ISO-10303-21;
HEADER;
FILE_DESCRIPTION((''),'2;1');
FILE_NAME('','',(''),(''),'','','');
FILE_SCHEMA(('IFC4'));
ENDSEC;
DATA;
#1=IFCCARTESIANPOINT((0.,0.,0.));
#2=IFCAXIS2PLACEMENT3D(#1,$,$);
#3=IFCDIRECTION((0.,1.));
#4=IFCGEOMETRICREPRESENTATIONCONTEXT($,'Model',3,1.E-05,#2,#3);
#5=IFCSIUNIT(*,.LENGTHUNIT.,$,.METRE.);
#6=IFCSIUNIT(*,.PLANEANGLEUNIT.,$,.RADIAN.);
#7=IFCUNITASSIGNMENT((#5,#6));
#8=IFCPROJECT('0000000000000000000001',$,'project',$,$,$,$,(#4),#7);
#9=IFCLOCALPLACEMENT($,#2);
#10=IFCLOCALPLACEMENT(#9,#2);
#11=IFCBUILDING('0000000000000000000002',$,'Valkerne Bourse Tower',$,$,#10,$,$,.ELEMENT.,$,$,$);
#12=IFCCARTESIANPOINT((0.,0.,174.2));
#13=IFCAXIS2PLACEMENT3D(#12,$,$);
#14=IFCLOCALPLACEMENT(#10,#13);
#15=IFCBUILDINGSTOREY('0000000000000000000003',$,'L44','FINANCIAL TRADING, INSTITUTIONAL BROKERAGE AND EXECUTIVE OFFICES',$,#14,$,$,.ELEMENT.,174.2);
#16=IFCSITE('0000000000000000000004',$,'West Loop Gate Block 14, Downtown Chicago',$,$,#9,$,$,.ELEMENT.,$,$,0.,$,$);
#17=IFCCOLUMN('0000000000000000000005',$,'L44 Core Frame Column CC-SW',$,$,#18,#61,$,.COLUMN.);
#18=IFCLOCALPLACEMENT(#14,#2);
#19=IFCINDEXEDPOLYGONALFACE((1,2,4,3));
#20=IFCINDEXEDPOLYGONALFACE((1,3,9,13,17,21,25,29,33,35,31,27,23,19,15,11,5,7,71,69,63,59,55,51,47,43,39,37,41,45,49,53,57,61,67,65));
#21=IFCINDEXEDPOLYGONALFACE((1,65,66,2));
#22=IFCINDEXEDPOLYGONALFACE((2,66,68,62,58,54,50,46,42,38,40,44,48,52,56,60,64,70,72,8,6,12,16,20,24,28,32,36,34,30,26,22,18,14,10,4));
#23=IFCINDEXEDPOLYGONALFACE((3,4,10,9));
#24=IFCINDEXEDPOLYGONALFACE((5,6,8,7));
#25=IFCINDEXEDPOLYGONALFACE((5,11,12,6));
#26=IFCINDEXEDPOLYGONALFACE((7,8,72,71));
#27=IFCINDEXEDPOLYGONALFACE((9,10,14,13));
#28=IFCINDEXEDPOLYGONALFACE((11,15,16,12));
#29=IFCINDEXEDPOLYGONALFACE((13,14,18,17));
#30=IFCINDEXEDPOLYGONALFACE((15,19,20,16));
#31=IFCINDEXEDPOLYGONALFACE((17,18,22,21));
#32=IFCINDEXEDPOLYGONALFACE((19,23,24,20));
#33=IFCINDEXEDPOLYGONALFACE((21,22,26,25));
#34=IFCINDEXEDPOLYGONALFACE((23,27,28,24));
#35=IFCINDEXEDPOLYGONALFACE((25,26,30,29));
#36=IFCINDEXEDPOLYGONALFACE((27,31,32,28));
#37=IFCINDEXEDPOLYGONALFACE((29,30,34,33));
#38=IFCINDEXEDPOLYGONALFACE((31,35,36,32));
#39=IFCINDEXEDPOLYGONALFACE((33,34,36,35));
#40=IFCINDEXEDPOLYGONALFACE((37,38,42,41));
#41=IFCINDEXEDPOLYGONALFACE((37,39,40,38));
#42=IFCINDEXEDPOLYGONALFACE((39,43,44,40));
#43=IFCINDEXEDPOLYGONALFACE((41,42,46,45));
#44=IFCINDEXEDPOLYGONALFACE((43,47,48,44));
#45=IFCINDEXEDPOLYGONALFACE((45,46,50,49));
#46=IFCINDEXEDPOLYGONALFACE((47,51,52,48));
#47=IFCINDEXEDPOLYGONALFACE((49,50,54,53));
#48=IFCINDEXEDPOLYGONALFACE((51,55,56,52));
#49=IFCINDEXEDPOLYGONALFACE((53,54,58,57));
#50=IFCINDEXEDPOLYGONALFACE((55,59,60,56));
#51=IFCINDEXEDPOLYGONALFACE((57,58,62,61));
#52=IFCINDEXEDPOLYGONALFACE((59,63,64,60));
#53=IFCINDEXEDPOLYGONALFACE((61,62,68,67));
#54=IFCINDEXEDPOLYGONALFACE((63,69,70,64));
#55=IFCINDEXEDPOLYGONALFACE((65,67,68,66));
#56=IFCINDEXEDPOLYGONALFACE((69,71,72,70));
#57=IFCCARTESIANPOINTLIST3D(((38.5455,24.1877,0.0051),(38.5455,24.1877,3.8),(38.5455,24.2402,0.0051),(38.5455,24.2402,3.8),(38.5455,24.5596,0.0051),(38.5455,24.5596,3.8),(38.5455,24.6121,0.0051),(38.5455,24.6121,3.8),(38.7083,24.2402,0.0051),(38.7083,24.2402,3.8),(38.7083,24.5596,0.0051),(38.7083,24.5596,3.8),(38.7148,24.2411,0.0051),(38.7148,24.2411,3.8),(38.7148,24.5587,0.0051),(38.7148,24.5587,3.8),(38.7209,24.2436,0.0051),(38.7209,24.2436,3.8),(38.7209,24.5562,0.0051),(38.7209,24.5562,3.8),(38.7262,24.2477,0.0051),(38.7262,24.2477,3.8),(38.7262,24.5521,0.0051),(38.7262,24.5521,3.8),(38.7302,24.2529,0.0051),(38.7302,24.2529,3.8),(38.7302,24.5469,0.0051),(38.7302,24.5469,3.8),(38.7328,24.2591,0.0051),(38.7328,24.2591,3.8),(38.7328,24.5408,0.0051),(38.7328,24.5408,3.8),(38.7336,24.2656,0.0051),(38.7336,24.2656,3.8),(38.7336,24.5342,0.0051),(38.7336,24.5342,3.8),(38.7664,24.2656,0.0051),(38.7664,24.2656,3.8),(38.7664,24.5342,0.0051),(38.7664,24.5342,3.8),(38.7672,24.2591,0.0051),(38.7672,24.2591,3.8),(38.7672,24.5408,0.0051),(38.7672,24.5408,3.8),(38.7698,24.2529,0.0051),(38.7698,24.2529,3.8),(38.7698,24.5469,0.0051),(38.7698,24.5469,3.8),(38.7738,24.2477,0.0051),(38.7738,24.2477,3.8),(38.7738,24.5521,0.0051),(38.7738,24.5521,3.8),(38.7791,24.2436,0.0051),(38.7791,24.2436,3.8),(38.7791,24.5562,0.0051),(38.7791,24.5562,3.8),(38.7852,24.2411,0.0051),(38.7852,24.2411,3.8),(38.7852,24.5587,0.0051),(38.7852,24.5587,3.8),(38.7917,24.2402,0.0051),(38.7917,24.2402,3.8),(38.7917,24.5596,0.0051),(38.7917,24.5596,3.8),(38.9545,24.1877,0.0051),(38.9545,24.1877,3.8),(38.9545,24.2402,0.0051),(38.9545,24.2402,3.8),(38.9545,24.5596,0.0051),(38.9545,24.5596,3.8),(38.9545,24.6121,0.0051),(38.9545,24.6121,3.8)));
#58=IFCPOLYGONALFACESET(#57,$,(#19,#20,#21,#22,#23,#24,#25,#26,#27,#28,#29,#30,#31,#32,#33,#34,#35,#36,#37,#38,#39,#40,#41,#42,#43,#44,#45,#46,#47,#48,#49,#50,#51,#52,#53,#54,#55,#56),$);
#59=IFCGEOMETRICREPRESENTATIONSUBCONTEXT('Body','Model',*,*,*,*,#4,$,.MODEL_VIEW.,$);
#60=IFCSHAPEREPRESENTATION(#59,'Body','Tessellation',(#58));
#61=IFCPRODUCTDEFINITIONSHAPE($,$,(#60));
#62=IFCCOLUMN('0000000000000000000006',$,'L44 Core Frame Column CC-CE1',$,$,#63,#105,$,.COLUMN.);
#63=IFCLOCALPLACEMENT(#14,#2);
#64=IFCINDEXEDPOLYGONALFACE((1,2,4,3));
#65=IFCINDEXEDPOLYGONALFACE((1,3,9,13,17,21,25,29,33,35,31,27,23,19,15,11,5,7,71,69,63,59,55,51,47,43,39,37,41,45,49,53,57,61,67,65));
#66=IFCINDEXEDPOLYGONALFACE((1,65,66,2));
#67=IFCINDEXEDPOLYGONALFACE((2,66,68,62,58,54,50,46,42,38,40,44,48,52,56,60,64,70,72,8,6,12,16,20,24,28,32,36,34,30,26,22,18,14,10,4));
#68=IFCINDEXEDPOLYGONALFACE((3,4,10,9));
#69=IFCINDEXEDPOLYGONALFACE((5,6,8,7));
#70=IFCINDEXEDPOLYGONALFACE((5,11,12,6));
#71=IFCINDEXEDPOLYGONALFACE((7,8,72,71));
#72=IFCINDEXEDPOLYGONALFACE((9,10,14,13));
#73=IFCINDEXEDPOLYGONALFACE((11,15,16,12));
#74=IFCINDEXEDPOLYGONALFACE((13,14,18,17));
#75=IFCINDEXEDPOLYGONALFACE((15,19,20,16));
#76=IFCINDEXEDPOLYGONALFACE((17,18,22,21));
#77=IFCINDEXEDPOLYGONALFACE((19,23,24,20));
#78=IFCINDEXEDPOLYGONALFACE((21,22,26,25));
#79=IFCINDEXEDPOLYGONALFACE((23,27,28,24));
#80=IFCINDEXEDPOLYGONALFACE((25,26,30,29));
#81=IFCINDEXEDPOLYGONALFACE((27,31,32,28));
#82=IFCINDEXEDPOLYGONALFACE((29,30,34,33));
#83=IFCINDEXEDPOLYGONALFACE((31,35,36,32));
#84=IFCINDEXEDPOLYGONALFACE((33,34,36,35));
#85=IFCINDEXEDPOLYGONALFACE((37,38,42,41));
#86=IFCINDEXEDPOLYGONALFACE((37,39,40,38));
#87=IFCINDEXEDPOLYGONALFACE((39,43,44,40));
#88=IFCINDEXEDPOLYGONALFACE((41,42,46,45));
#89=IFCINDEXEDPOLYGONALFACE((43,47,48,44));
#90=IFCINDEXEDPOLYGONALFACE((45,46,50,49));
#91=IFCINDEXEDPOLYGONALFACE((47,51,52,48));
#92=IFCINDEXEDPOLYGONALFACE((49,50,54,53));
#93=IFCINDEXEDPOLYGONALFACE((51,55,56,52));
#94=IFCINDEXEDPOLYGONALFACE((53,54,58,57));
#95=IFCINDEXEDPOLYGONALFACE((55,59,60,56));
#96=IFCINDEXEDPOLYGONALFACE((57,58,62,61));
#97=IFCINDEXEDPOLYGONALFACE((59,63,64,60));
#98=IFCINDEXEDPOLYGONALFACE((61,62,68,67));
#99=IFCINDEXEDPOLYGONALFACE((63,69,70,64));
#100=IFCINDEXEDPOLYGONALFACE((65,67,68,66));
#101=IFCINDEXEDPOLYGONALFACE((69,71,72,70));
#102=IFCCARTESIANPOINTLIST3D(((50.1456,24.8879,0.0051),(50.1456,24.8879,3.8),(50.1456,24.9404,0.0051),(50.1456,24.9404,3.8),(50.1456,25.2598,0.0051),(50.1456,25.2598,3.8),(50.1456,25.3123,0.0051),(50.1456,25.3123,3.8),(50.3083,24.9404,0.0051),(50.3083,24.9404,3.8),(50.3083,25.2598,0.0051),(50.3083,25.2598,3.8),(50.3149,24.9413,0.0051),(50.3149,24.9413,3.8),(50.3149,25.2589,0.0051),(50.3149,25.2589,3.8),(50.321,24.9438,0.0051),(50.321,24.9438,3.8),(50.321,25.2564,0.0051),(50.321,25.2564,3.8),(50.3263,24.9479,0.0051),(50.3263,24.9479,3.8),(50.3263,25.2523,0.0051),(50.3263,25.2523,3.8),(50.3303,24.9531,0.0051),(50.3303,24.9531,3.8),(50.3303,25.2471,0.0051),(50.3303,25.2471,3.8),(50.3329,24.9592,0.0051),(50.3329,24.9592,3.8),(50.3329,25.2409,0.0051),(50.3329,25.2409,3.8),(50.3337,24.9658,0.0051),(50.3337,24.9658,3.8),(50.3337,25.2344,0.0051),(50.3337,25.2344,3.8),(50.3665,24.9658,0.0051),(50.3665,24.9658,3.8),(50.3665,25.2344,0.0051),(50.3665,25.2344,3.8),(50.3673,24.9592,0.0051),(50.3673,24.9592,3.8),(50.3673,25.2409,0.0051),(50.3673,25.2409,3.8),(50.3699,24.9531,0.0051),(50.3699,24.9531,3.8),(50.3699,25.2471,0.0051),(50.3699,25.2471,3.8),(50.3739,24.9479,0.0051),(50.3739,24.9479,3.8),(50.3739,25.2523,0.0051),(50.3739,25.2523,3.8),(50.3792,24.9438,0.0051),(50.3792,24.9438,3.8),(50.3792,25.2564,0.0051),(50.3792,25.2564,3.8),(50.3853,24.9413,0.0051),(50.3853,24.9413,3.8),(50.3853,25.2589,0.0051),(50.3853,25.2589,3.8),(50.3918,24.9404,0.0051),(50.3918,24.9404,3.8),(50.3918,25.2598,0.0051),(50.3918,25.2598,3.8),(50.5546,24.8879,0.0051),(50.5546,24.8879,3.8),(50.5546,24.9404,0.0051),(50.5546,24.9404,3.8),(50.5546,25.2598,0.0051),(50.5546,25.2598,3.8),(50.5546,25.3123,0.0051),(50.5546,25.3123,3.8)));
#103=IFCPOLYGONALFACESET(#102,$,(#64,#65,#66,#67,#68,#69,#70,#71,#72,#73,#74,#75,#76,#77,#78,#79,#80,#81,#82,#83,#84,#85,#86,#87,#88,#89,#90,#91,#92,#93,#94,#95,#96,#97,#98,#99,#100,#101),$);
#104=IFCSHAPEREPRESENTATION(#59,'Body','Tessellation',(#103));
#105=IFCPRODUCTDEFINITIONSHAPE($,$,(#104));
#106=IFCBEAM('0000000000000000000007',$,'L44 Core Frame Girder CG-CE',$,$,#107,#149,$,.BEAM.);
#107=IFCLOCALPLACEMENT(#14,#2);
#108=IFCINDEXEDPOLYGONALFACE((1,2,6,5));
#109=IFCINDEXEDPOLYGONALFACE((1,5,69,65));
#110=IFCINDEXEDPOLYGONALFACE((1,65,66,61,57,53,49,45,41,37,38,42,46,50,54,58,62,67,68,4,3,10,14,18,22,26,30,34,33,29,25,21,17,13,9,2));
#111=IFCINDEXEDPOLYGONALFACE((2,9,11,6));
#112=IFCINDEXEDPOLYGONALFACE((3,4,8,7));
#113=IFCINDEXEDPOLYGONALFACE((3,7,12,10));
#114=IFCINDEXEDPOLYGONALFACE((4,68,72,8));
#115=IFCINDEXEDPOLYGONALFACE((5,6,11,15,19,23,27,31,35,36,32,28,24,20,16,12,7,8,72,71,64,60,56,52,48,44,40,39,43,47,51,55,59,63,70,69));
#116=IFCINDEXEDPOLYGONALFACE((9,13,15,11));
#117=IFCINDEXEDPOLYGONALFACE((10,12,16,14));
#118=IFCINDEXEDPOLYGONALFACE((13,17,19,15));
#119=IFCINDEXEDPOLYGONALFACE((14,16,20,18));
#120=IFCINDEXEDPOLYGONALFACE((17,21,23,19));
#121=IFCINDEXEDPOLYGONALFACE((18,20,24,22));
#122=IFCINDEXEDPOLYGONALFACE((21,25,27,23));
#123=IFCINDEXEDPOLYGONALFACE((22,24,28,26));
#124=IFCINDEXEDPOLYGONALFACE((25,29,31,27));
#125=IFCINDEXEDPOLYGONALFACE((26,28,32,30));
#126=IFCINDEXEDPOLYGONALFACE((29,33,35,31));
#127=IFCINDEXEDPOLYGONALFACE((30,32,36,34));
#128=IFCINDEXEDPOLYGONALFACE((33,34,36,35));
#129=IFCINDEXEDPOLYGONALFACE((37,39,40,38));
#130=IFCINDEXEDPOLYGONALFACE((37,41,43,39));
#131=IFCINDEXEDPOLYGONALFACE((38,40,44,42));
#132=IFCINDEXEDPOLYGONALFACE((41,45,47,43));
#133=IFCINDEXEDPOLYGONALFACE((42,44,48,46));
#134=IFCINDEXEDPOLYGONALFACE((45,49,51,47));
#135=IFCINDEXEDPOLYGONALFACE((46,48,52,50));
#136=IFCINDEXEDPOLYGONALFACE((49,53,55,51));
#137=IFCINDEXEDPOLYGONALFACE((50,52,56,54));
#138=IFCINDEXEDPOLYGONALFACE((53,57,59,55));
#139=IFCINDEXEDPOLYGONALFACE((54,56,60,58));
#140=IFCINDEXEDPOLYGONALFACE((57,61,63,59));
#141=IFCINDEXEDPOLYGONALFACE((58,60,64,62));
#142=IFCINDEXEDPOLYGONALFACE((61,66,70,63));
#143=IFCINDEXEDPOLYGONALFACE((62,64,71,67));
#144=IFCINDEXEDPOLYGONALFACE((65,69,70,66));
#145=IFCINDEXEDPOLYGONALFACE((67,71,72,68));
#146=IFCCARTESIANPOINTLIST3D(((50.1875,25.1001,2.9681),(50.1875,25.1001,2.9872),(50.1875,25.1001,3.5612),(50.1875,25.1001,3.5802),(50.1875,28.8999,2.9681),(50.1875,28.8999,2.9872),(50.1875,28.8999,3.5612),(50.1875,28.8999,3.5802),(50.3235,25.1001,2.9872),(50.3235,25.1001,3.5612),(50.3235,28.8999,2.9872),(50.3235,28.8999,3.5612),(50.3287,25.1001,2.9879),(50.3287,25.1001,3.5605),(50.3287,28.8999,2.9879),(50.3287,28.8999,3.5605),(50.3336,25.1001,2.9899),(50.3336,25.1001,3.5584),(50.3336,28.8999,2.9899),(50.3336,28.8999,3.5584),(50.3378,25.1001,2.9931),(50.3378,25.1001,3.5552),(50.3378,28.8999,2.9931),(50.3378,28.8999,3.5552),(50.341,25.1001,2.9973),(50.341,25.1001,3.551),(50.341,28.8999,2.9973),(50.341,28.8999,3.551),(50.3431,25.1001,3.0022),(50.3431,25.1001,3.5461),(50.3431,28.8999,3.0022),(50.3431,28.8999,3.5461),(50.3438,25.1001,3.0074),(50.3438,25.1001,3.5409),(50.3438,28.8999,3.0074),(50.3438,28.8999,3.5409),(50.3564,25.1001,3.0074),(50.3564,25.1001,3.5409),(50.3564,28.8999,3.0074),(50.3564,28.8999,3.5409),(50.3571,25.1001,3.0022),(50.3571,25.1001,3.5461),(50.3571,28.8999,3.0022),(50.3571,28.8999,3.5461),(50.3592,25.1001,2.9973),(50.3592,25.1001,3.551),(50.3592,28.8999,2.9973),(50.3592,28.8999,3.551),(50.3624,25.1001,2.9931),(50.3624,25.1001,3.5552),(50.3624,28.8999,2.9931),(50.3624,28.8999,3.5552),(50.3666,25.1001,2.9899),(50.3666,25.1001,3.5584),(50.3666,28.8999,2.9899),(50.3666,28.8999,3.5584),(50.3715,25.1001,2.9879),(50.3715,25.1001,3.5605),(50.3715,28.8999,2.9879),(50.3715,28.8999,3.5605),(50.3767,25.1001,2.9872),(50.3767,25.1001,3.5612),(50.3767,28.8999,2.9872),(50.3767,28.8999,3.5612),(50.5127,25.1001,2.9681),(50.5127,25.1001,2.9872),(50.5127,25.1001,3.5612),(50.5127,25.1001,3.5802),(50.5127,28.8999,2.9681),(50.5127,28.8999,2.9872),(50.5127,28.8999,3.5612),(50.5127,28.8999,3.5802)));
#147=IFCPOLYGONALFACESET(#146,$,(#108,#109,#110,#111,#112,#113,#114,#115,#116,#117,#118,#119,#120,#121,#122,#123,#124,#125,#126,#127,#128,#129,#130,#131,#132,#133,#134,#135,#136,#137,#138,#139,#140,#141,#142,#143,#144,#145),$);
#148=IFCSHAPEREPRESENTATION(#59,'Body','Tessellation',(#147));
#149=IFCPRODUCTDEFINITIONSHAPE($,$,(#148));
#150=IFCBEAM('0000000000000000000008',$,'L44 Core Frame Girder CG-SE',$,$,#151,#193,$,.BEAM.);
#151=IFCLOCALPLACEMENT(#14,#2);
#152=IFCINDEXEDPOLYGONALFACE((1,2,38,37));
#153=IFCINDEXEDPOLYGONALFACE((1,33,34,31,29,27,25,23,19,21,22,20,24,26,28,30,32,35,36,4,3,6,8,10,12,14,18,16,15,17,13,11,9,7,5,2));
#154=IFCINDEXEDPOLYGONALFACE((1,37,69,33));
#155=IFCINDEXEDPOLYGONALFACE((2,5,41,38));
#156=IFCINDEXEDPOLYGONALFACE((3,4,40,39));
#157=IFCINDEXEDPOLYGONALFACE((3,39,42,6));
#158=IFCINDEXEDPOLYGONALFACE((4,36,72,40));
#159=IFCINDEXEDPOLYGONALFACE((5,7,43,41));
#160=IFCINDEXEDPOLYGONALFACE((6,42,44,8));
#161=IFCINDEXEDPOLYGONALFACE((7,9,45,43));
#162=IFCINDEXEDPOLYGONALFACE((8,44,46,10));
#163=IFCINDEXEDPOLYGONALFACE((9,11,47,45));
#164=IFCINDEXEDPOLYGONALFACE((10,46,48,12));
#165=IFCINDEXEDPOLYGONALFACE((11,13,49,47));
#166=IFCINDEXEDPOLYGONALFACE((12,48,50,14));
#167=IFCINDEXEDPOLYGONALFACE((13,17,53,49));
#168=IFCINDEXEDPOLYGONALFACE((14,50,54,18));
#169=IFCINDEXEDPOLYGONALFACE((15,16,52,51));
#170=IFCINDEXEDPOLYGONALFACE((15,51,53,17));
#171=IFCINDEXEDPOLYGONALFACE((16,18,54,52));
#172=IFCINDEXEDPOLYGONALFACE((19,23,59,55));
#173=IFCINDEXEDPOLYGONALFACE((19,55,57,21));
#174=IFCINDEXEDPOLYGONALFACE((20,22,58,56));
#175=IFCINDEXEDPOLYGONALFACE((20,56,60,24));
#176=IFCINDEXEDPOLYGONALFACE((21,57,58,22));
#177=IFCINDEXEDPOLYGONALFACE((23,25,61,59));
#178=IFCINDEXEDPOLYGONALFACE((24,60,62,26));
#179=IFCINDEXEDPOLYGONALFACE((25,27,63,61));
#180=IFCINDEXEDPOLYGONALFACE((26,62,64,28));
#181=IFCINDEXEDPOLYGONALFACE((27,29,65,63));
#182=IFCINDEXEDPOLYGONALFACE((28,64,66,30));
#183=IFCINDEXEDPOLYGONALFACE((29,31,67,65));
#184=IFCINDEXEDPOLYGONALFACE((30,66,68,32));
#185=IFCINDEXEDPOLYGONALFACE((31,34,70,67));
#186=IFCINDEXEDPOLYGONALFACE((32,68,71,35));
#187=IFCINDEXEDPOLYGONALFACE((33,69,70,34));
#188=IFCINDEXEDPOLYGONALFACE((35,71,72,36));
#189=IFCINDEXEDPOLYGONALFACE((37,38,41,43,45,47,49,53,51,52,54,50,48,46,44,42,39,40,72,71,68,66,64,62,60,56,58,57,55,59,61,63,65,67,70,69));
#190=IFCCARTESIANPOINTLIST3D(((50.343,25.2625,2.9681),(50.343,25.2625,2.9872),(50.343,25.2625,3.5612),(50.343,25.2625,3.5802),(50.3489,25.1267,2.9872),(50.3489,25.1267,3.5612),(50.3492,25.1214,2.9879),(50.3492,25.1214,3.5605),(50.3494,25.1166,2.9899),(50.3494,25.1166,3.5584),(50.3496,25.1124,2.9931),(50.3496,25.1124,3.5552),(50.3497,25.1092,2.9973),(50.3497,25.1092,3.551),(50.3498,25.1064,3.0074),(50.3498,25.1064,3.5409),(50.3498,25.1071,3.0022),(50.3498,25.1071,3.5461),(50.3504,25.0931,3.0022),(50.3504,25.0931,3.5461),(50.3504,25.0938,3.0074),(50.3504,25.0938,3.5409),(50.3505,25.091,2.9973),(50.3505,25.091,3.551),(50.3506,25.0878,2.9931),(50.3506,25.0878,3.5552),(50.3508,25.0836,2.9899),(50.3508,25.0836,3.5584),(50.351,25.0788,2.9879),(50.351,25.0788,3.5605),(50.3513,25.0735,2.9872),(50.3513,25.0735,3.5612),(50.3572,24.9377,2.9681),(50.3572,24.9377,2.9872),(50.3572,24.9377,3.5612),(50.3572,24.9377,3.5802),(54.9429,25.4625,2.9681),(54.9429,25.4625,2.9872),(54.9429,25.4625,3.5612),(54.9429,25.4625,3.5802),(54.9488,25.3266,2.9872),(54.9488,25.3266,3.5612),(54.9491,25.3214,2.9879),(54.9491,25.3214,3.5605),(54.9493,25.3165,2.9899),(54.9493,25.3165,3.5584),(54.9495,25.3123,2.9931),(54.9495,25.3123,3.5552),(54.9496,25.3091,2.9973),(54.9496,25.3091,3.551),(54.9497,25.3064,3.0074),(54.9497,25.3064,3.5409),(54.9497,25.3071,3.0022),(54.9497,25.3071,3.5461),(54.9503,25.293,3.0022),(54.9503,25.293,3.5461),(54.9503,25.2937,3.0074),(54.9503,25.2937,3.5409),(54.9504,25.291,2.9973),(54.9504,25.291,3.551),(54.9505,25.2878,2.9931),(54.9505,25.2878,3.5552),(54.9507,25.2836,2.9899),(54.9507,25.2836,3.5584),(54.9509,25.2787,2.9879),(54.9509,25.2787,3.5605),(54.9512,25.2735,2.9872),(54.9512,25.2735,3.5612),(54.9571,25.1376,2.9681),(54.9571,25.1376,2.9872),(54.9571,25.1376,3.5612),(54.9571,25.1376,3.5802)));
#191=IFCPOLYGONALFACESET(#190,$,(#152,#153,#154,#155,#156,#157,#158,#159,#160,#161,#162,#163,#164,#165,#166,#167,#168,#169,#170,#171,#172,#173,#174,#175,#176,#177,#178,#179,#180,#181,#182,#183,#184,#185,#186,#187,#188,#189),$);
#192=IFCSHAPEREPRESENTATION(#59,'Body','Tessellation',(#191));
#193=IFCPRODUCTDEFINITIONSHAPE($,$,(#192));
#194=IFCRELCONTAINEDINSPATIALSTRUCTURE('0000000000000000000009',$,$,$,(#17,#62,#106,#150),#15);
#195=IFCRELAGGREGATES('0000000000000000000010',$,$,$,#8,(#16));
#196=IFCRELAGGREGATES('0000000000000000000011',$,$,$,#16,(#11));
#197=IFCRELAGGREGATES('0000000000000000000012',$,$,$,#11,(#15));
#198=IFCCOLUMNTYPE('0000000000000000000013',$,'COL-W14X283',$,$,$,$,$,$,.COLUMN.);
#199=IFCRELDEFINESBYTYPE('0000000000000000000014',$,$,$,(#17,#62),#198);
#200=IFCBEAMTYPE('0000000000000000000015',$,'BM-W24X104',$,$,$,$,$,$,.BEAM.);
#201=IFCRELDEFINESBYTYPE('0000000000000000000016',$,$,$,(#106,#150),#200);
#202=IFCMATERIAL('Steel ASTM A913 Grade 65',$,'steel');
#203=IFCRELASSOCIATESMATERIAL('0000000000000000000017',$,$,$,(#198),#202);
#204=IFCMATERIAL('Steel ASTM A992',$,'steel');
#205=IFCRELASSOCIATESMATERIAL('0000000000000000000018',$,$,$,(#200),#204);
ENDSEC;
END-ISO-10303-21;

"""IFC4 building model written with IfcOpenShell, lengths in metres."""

from ifc_helpers import new_model, si_unit, direction, frame, origin, origin_2d, place, context, subcontext, project, spatial, i_section, extrude, material, material_profile, profile_set, type_object, element, save


model = new_model("IFC4")

# Units and contexts
model_context = context("Model", 3, precision=1e-05, world=origin(), true_north=direction((0.0, 1.0)))
body_context = subcontext(model_context, "Body", "Model", "MODEL_VIEW")
ifc_project = project(units=[si_unit("LENGTHUNIT", "METRE"), si_unit("PLANEANGLEUNIT", "RADIAN")], contexts=[model_context])

# Site, building, storey
site_placement = place(None, origin())
site = spatial("IfcSite", under=ifc_project, at=site_placement, Name="West Loop Gate Block 14, Downtown Chicago", CompositionType="ELEMENT", RefElevation=0.0)
building_placement = place(site_placement, origin())
building = spatial("IfcBuilding", under=site, at=building_placement, Name="Valkerne Bourse Tower", CompositionType="ELEMENT")
storey_placement = place(building_placement, frame((0.0, 0.0, 174.2)))
storey = spatial("IfcBuildingStorey", under=building, at=storey_placement, Name="L44", Description="FINANCIAL TRADING, INSTITUTIONAL BROKERAGE AND EXECUTIVE OFFICES", CompositionType="ELEMENT", Elevation=174.2)

# Columns
ifc_material_1 = material(Name="Steel ASTM A913 Grade 65", Category="steel")
ifc_material_profile_1 = material_profile(ifc_material_1, i_section(OverallWidth=0.4089, OverallDepth=0.4243, WebThickness=0.0327, FlangeThickness=0.0525, FilletRadius=0.0254, at=origin_2d()), Name="W14X283")
ifc_profile_set_1 = profile_set([ifc_material_profile_1], Name="Steel ASTM A913 Grade 65")
column_type = type_object("IfcColumnType", Name="COL-W14X283", PredefinedType="COLUMN", material=ifc_profile_set_1)
for number, where, z_axis, x_axis, name in (
    (1, (38.75, 24.3999, 0.0051), (0.0, 0.0, 1.0), (1.0, 0.0, 0.0), "L44 Core Frame Column CC-SW"),
    (2, (50.3501, 25.1001, 0.0051), (0.0, 0.0, 1.0), (1.0, 0.0, 0.0), "L44 Core Frame Column CC-CE1"),
):
    element("IfcColumn", number, at=place(storey_placement, frame(where, z_axis=z_axis, x_axis=x_axis)), inside=storey, type_object=column_type, Name=name, PredefinedType="COLUMN", context=body_context, shape_type="SweptSolid", body=[
        extrude(i_section(OverallWidth=0.4089, OverallDepth=0.4243, WebThickness=0.0327, FlangeThickness=0.0525, FilletRadius=0.0254, at=origin_2d()), origin(), (0.0, 0.0, 1.0), 3.7949),
    ])

# Beams
ifc_material_2 = material(Name="Steel ASTM A992", Category="steel")
ifc_material_profile_2 = material_profile(ifc_material_2, i_section(OverallWidth=0.3252, OverallDepth=0.6121, WebThickness=0.0127, FlangeThickness=0.019, FilletRadius=0.0203, at=origin_2d()), Name="W24X104")
ifc_profile_set_2 = profile_set([ifc_material_profile_2], Name="Steel ASTM A992")
beam_type = type_object("IfcBeamType", Name="BM-W24X104", PredefinedType="BEAM", material=ifc_profile_set_2)
beam_1_placement = place(storey_placement, frame((50.3501, 25.1001, 3.2742), z_axis=(0.0, 1.0, 0.0), x_axis=(-1.0, 0.0, 0.0)))
element("IfcBeam", 3, at=beam_1_placement, inside=storey, type_object=beam_type, Name="L44 Core Frame Girder CG-CE", PredefinedType="BEAM", context=body_context, shape_type="SweptSolid", body=[
    extrude(i_section(OverallWidth=0.3252, OverallDepth=0.6121, WebThickness=0.0127, FlangeThickness=0.019, FilletRadius=0.0203, at=origin_2d()), origin(), (0.0, 0.0, 1.0), 3.7998),
])
beam_2_placement = place(storey_placement, frame((50.3501, 25.1001, 3.2742), z_axis=(0.999057, 0.043428, 0.0), x_axis=(-0.043428, 0.999057, 0.0)))
element("IfcBeam", 4, at=beam_2_placement, inside=storey, type_object=beam_type, Name="L44 Core Frame Girder CG-SE", PredefinedType="BEAM", context=body_context, shape_type="SweptSolid", body=[
    extrude(i_section(OverallWidth=0.3252, OverallDepth=0.6121, WebThickness=0.0127, FlangeThickness=0.019, FilletRadius=0.0203, at=origin_2d()), origin(), (0.0, 0.0, 1.0), 4.6042),
])

save(model, "model.ifc")
